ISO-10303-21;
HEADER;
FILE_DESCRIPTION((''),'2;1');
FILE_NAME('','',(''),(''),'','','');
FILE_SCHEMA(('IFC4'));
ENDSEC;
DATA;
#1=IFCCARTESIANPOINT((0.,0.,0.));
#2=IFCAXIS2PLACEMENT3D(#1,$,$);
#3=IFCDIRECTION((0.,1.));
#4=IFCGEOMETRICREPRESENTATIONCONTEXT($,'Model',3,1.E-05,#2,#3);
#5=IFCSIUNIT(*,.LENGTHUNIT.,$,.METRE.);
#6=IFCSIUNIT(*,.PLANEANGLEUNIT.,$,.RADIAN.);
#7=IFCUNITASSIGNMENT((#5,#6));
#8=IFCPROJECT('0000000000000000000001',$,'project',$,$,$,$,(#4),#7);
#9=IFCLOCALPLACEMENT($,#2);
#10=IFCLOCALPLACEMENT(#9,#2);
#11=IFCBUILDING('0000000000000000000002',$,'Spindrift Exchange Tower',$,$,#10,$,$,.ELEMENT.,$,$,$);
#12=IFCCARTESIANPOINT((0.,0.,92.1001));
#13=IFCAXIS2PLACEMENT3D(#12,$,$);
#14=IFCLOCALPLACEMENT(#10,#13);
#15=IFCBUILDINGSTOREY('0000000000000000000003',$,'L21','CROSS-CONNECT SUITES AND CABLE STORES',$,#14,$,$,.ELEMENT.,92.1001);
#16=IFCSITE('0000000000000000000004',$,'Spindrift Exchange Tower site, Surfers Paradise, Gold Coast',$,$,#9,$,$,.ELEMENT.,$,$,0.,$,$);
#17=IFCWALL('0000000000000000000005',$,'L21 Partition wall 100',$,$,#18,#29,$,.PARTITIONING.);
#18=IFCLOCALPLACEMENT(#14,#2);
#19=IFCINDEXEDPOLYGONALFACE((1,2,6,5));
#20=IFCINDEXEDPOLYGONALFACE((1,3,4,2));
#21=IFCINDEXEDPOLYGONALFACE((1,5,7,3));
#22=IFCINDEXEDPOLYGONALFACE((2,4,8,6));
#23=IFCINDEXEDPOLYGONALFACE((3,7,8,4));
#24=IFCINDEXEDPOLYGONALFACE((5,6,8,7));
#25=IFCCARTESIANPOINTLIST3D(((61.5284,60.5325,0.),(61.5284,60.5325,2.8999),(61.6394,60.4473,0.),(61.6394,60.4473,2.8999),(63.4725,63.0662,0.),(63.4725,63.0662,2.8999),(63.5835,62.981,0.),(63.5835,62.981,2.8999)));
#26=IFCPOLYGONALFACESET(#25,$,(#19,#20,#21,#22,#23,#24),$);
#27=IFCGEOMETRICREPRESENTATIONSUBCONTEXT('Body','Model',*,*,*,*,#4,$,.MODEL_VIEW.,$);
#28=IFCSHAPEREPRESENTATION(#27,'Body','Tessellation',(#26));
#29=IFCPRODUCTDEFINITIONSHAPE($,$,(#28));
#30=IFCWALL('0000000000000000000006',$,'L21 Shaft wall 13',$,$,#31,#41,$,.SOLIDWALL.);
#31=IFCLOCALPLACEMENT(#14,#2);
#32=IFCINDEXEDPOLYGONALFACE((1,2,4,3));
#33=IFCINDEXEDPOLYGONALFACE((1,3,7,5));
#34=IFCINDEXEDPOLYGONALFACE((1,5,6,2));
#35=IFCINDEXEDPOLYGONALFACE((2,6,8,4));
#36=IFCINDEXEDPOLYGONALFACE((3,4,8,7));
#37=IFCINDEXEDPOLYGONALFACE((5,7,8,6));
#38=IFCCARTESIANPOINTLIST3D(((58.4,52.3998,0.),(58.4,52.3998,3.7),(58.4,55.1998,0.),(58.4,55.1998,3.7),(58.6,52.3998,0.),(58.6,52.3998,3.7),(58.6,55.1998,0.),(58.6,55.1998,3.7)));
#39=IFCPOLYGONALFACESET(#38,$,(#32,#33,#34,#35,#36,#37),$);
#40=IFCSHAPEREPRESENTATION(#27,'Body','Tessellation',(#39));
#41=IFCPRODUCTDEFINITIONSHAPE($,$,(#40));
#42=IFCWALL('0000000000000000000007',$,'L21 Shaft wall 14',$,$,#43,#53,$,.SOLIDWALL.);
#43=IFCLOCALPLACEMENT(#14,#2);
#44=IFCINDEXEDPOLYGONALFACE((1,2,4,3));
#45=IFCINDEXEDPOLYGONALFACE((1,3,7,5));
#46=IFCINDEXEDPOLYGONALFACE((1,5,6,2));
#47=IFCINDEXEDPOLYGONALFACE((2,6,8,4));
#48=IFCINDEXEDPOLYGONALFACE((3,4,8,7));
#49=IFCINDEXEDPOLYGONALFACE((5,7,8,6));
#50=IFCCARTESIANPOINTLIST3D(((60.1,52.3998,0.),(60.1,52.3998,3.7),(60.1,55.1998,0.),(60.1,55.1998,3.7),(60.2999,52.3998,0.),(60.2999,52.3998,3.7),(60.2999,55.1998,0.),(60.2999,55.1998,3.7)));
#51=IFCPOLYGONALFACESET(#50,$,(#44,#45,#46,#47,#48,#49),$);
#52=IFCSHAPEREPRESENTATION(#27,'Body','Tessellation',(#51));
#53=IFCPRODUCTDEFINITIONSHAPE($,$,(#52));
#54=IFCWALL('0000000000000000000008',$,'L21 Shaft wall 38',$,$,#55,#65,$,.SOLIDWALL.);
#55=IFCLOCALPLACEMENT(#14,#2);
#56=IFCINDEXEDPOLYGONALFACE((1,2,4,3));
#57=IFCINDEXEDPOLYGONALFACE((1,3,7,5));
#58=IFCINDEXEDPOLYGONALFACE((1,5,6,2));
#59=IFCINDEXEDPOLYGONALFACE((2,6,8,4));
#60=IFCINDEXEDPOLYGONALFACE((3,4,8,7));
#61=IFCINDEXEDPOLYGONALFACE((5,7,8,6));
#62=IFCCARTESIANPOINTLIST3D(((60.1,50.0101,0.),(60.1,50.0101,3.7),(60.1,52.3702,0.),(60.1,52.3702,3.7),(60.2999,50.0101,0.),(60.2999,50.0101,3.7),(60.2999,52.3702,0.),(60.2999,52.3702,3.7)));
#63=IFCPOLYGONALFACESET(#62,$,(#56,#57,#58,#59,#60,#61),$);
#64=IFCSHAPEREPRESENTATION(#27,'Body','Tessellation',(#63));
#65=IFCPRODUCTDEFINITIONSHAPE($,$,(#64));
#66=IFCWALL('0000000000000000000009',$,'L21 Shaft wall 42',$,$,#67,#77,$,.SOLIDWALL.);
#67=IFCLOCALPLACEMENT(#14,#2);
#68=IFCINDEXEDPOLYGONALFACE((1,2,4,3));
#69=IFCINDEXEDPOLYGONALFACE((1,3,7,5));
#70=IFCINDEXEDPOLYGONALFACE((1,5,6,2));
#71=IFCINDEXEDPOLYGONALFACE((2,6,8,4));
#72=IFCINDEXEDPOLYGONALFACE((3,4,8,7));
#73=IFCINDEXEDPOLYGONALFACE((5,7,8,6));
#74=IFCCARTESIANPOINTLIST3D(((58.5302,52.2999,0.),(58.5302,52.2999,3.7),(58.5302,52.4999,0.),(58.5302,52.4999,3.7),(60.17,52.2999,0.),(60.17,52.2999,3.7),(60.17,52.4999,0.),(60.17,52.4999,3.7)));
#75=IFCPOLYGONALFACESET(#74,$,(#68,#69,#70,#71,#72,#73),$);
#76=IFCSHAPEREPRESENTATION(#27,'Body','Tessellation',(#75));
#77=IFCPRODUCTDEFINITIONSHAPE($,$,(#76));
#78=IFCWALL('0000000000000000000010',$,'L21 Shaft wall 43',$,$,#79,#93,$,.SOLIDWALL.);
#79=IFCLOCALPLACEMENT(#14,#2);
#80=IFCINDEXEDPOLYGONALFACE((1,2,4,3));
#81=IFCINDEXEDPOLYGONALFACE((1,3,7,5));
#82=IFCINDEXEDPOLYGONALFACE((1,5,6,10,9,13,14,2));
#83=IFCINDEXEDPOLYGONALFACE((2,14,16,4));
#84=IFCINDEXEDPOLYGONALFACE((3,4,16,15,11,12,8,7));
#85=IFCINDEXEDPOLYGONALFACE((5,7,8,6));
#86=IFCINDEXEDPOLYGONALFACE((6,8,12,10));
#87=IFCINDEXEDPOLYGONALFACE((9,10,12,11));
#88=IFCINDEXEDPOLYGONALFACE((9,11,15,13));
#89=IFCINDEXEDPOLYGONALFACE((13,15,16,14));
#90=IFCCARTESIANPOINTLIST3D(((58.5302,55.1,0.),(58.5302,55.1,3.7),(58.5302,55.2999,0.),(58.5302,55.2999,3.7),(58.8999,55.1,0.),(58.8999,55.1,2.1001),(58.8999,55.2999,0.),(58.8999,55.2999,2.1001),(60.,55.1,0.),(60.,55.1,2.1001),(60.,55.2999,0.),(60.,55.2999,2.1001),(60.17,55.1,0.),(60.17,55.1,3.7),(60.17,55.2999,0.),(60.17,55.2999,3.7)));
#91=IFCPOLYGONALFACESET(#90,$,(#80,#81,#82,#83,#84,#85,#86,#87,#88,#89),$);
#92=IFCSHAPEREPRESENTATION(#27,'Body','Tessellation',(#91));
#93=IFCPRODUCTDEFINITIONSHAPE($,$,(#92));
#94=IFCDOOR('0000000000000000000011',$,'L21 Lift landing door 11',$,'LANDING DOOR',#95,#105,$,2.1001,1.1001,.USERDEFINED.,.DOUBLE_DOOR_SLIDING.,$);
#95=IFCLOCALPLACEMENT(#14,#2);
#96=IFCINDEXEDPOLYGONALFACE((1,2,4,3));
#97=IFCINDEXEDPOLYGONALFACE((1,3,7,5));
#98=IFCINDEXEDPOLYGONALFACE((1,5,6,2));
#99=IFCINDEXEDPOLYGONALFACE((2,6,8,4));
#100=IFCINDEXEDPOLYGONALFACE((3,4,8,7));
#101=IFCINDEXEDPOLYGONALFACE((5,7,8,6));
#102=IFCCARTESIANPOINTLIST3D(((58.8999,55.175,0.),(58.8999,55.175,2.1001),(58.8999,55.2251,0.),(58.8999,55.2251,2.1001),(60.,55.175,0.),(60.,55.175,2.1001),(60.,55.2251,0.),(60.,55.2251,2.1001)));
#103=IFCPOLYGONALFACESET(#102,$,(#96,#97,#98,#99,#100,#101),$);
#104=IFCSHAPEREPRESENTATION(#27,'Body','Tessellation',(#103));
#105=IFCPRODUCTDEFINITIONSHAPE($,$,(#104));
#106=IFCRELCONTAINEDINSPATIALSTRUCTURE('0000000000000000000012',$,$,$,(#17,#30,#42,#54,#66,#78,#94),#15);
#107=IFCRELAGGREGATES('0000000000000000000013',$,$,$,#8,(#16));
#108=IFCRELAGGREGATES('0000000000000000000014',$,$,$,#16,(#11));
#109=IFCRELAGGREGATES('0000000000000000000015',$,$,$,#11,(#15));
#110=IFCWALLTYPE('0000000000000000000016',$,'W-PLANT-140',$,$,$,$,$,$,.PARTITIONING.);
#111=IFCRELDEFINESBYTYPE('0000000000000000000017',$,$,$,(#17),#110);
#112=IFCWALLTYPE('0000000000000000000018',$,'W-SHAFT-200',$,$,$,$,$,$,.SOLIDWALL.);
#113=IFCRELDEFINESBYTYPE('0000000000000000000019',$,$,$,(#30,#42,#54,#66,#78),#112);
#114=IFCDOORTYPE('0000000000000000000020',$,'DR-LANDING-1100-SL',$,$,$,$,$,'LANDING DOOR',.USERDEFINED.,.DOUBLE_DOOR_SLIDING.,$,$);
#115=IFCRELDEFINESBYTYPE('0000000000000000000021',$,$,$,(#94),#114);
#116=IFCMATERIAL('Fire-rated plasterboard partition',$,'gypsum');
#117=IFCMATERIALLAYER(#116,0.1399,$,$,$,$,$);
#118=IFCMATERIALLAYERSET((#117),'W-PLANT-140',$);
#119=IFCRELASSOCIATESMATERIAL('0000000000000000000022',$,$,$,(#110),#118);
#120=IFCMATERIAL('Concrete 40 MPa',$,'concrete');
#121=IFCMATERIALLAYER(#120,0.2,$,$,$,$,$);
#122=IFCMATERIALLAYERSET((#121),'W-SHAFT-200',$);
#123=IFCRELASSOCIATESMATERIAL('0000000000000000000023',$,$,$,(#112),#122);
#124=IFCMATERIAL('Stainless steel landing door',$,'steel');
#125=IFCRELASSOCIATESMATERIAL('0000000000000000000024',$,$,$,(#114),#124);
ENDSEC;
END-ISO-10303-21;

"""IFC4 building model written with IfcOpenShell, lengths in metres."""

from ifc_helpers import new_model, si_unit, direction, frame, frame_2d, origin, place, context, subcontext, project, spatial, rectangle, extrude, source, transform, mapped, material, layer, layer_set, type_object, element, fill, save


model = new_model("IFC4")

# Units and contexts
model_context = context("Model", 3, precision=1e-05, world=origin(), true_north=direction((0.0, 1.0)))
body_context = subcontext(model_context, "Body", "Model", "MODEL_VIEW")
ifc_project = project(units=[si_unit("LENGTHUNIT", "METRE"), si_unit("PLANEANGLEUNIT", "RADIAN")], contexts=[model_context])

# Site, building, storey
site_placement = place(None, origin())
site = spatial("IfcSite", under=ifc_project, at=site_placement, Name="Spindrift Exchange Tower site, Surfers Paradise, Gold Coast", CompositionType="ELEMENT", RefElevation=0.0)
building_placement = place(site_placement, origin())
building = spatial("IfcBuilding", under=site, at=building_placement, Name="Spindrift Exchange Tower", CompositionType="ELEMENT")
storey_placement = place(building_placement, frame((0.0, 0.0, 92.1001)))
storey = spatial("IfcBuildingStorey", under=building, at=storey_placement, Name="L21", Description="CROSS-CONNECT SUITES AND CABLE STORES", CompositionType="ELEMENT", Elevation=92.1001)

# Shared definitions
ifc_material_1 = material(Name="Fire-rated plasterboard partition", Category="gypsum")

# Walls
ifc_layer_1 = layer(ifc_material_1, 0.1399)
ifc_layer_set_1 = layer_set([ifc_layer_1], Name="W-PLANT-140")
wall_type_1 = type_object("IfcWallType", Name="W-PLANT-140", PredefinedType="PARTITIONING", material=ifc_layer_set_1)
wall_1_placement = place(storey_placement, frame((61.584, 60.49, 0.0), z_axis=(0.0, 0.0, 1.0), x_axis=(0.608746, 0.793365, 0.0)))
element("IfcWall", 1, at=wall_1_placement, inside=storey, type_object=wall_type_1, Name="L21 Partition wall 100", PredefinedType="PARTITIONING", context=body_context, shape_type="SweptSolid", body=[
    extrude(rectangle(XDim=3.1936, YDim=0.1399, at=frame_2d((1.5967, 0.0))), origin(), (0.0, 0.0, 1.0), 2.8999),
])
ifc_material_2 = material(Name="Concrete 40 MPa", Category="concrete")
ifc_layer_2 = layer(ifc_material_2, 0.2)
ifc_layer_set_2 = layer_set([ifc_layer_2], Name="W-SHAFT-200")
wall_type_2 = type_object("IfcWallType", Name="W-SHAFT-200", PredefinedType="SOLIDWALL", material=ifc_layer_set_2)
for number, where, z_axis, x_axis, name in (
    (2, (58.5, 52.3999, 0.0), (0.0, 0.0, 1.0), (0.0, 1.0, 0.0), "L21 Shaft wall 13"),
    (3, (60.2, 52.3999, 0.0), (0.0, 0.0, 1.0), (0.0, 1.0, 0.0), "L21 Shaft wall 14"),
):
    element("IfcWall", number, at=place(storey_placement, frame(where, z_axis=z_axis, x_axis=x_axis)), inside=storey, type_object=wall_type_2, Name=name, PredefinedType="SOLIDWALL", context=body_context, shape_type="SweptSolid", body=[
        extrude(rectangle(XDim=2.8, YDim=0.2, at=frame_2d((1.3999, 0.0))), origin(), (0.0, 0.0, 1.0), 3.7),
    ])
wall_2_placement = place(storey_placement, frame((60.2, 50.01, 0.0), z_axis=(0.0, 0.0, 1.0), x_axis=(0.0, 1.0, 0.0)))
element("IfcWall", 4, at=wall_2_placement, inside=storey, type_object=wall_type_2, Name="L21 Shaft wall 38", PredefinedType="SOLIDWALL", context=body_context, shape_type="SweptSolid", body=[
    extrude(rectangle(XDim=2.3601, YDim=0.2, at=frame_2d((1.1802, 0.0))), origin(), (0.0, 0.0, 1.0), 3.7),
])
wall_3_placement = place(storey_placement, frame((60.1699, 52.3999, 0.0), z_axis=(0.0, 0.0, 1.0), x_axis=(-1.0, 0.0, 0.0)))
element("IfcWall", 5, at=wall_3_placement, inside=storey, type_object=wall_type_2, Name="L21 Shaft wall 42", PredefinedType="SOLIDWALL", context=body_context, shape_type="SweptSolid", body=[
    extrude(rectangle(XDim=1.6399, YDim=0.2, at=frame_2d((0.8198, 0.0))), origin(), (0.0, 0.0, 1.0), 3.7),
])

# Wall, opening, door
wall_4_placement = place(storey_placement, frame((60.1699, 55.2, 0.0), z_axis=(0.0, 0.0, 1.0), x_axis=(-1.0, 0.0, 0.0)))
wall_4 = element("IfcWall", 6, at=wall_4_placement, inside=storey, type_object=wall_type_2, Name="L21 Shaft wall 43", PredefinedType="SOLIDWALL", context=body_context, shape_type="SweptSolid", body=[
    extrude(rectangle(XDim=1.6399, YDim=0.2, at=frame_2d((0.8198, 0.0))), origin(), (0.0, 0.0, 1.0), 3.7),
])
opening_1_placement = place(wall_4_placement, frame((0.1699, 0.0, 0.0)))
opening_1 = element("IfcOpeningElement", 7, at=opening_1_placement, cuts=wall_4, PredefinedType="OPENING", context=body_context, shape_type="SweptSolid", body=[
    extrude(rectangle(XDim=1.1001, YDim=2.1001, at=frame_2d((0.55, 1.05))), frame((0.0, 0.1099, 0.0), z_axis=(0.0, -1.0, 0.0), x_axis=(1.0, 0.0, 0.0)), (0.0, 0.0, 1.0), 0.22),
])
ifc_material_3 = material(Name="Stainless steel landing door", Category="steel")
door_type_1 = type_object("IfcDoorType", Name="DR-LANDING-1100-SL", ElementType="LANDING DOOR", OperationType="DOUBLE_DOOR_SLIDING", PredefinedType="USERDEFINED", material=ifc_material_3)
shared_shape_1 = source(origin(), body_context, "Body", "SweptSolid", [
    extrude(rectangle(XDim=1.1001, YDim=2.1001, at=frame_2d((0.55, 1.05))), frame((0.0, 0.0249, 0.0), z_axis=(0.0, -1.0, 0.0), x_axis=(1.0, 0.0, 0.0)), (0.0, 0.0, 1.0), 0.05),
])
door_1_placement = place(opening_1_placement, origin())
door_1 = element("IfcDoor", 8, at=door_1_placement, inside=storey, type_object=door_type_1, Name="L21 Lift landing door 11", ObjectType="LANDING DOOR", OperationType="DOUBLE_DOOR_SLIDING", OverallHeight=2.1001, OverallWidth=1.1001, PredefinedType="USERDEFINED", context=body_context, shape_type="MappedRepresentation", body=[
    mapped(shared_shape_1, transform((0.0, 0.0, 0.0), scale=1.0)),
])
fill(opening_1, door_1)

save(model, "model.ifc")
